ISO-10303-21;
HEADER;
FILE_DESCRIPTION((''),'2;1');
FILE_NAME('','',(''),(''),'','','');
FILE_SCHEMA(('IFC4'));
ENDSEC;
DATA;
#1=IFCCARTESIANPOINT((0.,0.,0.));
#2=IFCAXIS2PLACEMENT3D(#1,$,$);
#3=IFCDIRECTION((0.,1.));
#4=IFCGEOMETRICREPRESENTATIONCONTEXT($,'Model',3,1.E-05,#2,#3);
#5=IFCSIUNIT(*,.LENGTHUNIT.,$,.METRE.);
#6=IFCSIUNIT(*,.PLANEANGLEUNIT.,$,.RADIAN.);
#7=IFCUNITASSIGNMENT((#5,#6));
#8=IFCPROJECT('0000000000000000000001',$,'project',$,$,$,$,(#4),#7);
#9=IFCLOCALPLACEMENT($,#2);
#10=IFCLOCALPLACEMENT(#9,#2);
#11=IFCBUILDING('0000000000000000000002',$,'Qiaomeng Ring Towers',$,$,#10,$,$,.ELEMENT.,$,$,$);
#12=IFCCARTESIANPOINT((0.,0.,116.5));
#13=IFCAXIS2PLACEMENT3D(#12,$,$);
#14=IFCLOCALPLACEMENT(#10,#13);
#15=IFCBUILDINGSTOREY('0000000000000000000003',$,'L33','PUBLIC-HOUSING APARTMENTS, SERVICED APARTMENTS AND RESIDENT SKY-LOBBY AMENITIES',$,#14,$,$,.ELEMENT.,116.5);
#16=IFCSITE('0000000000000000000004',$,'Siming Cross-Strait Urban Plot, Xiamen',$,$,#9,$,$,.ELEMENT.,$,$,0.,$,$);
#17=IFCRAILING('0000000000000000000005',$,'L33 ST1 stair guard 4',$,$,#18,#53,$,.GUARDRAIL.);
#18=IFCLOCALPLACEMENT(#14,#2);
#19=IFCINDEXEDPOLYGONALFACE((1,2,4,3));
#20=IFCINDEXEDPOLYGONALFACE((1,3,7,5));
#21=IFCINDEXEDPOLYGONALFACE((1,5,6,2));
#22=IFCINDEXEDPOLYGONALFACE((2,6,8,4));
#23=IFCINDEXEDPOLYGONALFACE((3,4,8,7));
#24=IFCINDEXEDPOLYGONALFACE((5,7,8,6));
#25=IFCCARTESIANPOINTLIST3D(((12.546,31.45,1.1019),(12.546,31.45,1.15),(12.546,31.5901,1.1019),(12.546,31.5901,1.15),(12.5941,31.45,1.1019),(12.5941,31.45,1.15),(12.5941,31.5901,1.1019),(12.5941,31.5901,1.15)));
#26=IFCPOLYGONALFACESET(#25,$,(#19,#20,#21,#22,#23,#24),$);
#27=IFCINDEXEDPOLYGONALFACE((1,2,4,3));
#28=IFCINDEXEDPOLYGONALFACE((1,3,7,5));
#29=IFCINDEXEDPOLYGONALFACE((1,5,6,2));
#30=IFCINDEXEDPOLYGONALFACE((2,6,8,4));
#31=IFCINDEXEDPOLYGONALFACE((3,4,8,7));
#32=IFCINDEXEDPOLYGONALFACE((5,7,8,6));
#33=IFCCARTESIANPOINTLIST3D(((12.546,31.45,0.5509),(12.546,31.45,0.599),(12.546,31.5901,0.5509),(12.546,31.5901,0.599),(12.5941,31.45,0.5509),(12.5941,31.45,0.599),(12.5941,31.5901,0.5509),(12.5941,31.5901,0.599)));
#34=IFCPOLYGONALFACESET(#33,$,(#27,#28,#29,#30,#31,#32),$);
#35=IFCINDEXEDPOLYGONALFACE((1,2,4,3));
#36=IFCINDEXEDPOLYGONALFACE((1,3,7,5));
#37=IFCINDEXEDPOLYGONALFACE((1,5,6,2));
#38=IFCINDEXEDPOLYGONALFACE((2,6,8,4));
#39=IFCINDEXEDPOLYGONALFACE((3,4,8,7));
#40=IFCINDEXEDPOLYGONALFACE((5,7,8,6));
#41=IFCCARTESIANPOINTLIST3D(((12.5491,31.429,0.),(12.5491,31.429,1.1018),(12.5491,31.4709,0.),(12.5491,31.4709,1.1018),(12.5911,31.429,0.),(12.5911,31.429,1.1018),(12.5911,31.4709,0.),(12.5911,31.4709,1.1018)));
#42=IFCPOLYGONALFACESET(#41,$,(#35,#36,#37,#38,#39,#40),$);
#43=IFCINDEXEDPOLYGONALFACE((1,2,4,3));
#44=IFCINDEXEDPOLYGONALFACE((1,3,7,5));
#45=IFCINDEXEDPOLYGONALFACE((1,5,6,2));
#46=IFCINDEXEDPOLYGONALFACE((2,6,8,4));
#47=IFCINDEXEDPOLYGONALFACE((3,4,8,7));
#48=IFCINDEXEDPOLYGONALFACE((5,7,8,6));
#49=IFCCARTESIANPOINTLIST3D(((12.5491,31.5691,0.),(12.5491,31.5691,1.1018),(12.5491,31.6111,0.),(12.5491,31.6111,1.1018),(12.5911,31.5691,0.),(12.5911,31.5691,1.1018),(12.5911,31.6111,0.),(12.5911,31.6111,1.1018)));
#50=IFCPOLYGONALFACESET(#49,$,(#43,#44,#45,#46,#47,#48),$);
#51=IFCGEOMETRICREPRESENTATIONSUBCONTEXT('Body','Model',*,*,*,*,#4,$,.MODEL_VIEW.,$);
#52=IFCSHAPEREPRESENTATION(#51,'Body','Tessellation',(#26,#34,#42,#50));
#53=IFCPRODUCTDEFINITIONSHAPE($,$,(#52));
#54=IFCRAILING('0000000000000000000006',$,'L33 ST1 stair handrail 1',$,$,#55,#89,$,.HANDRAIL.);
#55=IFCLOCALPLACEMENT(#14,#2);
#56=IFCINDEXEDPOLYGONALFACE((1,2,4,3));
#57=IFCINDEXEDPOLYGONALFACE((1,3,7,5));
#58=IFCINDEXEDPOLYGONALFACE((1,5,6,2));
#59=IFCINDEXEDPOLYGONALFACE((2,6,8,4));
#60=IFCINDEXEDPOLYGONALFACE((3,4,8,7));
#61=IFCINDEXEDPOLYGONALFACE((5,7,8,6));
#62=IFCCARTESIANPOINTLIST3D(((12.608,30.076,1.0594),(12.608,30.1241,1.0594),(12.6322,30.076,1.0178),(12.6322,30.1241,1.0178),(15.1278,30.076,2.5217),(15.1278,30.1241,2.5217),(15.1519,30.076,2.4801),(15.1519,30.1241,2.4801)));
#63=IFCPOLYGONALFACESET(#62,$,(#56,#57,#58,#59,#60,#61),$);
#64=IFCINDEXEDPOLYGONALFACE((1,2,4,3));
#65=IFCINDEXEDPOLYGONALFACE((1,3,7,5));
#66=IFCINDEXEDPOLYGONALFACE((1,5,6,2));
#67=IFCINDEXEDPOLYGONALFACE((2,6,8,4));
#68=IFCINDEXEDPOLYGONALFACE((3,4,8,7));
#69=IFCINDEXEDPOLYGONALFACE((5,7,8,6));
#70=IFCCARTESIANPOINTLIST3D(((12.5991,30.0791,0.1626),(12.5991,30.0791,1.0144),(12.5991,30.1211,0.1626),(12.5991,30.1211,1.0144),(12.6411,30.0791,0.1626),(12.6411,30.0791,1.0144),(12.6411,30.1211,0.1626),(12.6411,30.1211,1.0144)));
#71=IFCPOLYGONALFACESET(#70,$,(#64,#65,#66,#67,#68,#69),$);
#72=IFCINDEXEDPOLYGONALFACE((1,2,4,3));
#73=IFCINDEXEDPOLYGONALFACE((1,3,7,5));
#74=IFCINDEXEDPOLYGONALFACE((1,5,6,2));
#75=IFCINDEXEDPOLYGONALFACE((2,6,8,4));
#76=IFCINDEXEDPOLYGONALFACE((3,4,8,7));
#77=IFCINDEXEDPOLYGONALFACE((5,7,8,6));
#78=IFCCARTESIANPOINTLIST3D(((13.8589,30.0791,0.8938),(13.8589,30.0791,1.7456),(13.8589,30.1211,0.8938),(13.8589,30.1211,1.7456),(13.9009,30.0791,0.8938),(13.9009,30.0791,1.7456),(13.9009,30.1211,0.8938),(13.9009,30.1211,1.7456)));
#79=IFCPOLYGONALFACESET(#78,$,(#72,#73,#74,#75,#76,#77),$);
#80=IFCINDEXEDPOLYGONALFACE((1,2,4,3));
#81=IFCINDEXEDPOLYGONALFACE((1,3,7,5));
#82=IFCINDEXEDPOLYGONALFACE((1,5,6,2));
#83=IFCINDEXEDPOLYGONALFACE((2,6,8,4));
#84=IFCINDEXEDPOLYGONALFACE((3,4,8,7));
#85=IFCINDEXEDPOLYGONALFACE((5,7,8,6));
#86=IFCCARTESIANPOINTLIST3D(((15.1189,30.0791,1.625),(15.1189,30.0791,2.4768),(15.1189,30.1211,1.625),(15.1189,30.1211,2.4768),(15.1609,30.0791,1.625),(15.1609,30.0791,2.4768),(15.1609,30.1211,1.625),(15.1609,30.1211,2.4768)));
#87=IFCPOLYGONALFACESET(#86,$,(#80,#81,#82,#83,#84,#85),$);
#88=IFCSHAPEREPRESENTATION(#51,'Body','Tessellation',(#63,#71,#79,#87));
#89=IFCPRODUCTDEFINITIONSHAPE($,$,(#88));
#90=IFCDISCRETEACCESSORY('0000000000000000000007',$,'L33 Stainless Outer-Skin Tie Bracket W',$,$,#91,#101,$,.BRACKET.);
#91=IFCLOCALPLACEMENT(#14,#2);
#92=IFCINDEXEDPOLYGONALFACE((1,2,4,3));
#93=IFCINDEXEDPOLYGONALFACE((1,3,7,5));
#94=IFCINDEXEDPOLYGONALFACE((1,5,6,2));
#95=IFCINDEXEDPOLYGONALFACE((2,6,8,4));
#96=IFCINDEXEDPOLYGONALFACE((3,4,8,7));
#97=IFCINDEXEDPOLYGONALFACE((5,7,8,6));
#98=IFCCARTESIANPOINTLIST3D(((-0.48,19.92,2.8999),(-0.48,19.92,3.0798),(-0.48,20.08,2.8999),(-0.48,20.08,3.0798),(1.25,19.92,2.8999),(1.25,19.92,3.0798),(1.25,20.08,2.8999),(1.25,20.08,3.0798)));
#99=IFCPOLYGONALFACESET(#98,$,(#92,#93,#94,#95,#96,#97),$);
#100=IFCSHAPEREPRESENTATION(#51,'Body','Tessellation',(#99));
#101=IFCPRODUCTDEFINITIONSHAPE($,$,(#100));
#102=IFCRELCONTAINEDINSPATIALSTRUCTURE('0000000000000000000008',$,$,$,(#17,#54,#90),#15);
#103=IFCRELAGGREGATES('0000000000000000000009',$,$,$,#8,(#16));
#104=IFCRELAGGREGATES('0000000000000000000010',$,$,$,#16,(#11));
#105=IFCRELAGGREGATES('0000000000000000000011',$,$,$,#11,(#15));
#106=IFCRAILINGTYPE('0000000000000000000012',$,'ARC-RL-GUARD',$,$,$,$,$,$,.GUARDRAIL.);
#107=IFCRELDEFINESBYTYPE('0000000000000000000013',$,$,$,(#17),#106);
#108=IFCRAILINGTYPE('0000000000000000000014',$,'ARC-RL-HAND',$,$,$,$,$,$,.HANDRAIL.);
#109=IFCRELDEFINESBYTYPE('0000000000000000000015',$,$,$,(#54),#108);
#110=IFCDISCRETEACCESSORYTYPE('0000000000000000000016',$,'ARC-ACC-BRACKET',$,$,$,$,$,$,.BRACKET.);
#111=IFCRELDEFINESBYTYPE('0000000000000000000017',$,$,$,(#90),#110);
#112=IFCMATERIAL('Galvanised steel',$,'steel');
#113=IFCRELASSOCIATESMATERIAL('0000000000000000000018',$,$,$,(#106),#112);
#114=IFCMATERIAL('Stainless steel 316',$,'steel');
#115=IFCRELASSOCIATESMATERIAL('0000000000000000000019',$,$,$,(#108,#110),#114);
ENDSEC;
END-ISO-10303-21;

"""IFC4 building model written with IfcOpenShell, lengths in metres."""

from ifc_helpers import new_model, si_unit, direction, frame, origin, origin_2d, place, context, subcontext, project, spatial, rectangle, extrude, source, transform, mapped, material, type_object, element, save


model = new_model("IFC4")

# Units and contexts
model_context = context("Model", 3, precision=1e-05, world=origin(), true_north=direction((0.0, 1.0)))
body_context = subcontext(model_context, "Body", "Model", "MODEL_VIEW")
ifc_project = project(units=[si_unit("LENGTHUNIT", "METRE"), si_unit("PLANEANGLEUNIT", "RADIAN")], contexts=[model_context])

# Site, building, storey
site_placement = place(None, origin())
site = spatial("IfcSite", under=ifc_project, at=site_placement, Name="Siming Cross-Strait Urban Plot, Xiamen", CompositionType="ELEMENT", RefElevation=0.0)
building_placement = place(site_placement, origin())
building = spatial("IfcBuilding", under=site, at=building_placement, Name="Qiaomeng Ring Towers", CompositionType="ELEMENT")
storey_placement = place(building_placement, frame((0.0, 0.0, 116.5)))
storey = spatial("IfcBuildingStorey", under=building, at=storey_placement, Name="L33", Description="PUBLIC-HOUSING APARTMENTS, SERVICED APARTMENTS AND RESIDENT SKY-LOBBY AMENITIES", CompositionType="ELEMENT", Elevation=116.5)

# Shared definitions
ifc_material_1 = material(Name="Stainless steel 316", Category="steel")

# Railings
ifc_material_2 = material(Name="Galvanised steel", Category="steel")
railing_type_1 = type_object("IfcRailingType", Name="ARC-RL-GUARD", PredefinedType="GUARDRAIL", material=ifc_material_2)
for number, where, name in (
    (1, (12.5701, 31.45, 0.0), "L33 ST1 stair guard 4"),
):
    element("IfcRailing", number, at=place(storey_placement, frame(where)), inside=storey, type_object=railing_type_1, Name=name, PredefinedType="GUARDRAIL", context=body_context, shape_type="SweptSolid", body=[
        extrude(rectangle(XDim=0.0481, YDim=0.0481, at=origin_2d()), frame((0.0, 0.0, 1.126), z_axis=(0.0, 1.0, 0.0), x_axis=(-1.0, 0.0, 0.0)), (0.0, 0.0, 1.0), 0.1401),
        extrude(rectangle(XDim=0.0481, YDim=0.0481, at=origin_2d()), frame((0.0, 0.0, 0.575), z_axis=(0.0, 1.0, 0.0), x_axis=(-1.0, 0.0, 0.0)), (0.0, 0.0, 1.0), 0.1401),
        extrude(rectangle(XDim=0.042, YDim=0.042, at=origin_2d()), origin(), (0.0, 0.0, 1.0), 1.1018),
        extrude(rectangle(XDim=0.042, YDim=0.042, at=origin_2d()), frame((0.0, 0.1401, 0.0)), (0.0, 0.0, 1.0), 1.1018),
    ])
railing_type_2 = type_object("IfcRailingType", Name="ARC-RL-HAND", PredefinedType="HANDRAIL", material=ifc_material_1)
railing_1_placement = place(storey_placement, frame((12.6201, 30.1001, 0.1626)))
element("IfcRailing", 2, at=railing_1_placement, inside=storey, type_object=railing_type_2, Name="L33 ST1 stair handrail 1", PredefinedType="HANDRAIL", context=body_context, shape_type="SweptSolid", body=[
    extrude(rectangle(XDim=0.0481, YDim=0.0481, at=origin_2d()), frame((0.0, 0.0, 0.876), z_axis=(0.864892, 0.0, 0.501958), x_axis=(0.0, 1.0, 0.0)), (0.0, 0.0, 1.0), 2.9133),
    extrude(rectangle(XDim=0.042, YDim=0.042, at=origin_2d()), origin(), (0.0, 0.0, 1.0), 0.8518),
    extrude(rectangle(XDim=0.042, YDim=0.042, at=origin_2d()), frame((1.2598, 0.0, 0.7312)), (0.0, 0.0, 1.0), 0.8518),
    extrude(rectangle(XDim=0.042, YDim=0.042, at=origin_2d()), frame((2.5198, 0.0, 1.4624)), (0.0, 0.0, 1.0), 0.8518),
])

# Discrete accessory
discrete_accessory_type = type_object("IfcDiscreteAccessoryType", Name="ARC-ACC-BRACKET", PredefinedType="BRACKET", material=ifc_material_1)
shared_shape_1 = source(origin(), body_context, "Body", "SweptSolid", [
    extrude(rectangle(XDim=1.73, YDim=0.1599, at=origin_2d()), origin(), (0.0, 0.0, 1.0), 0.1799),
])
discrete_accessory_placement = place(storey_placement, frame((0.385, 20.0, 2.8999), z_axis=(0.0, 0.0, 1.0), x_axis=(1.0, 0.0, 0.0)))
element("IfcDiscreteAccessory", 3, at=discrete_accessory_placement, inside=storey, type_object=discrete_accessory_type, Name="L33 Stainless Outer-Skin Tie Bracket W", PredefinedType="BRACKET", context=body_context, shape_type="MappedRepresentation", body=[
    mapped(shared_shape_1, transform((0.0, 0.0, 0.0), x_axis=(1.0, 0.0, 0.0), y_axis=(0.0, 1.0, 0.0), z_axis=(0.0, 0.0, 1.0), scale=1.0)),
])

save(model, "model.ifc")
